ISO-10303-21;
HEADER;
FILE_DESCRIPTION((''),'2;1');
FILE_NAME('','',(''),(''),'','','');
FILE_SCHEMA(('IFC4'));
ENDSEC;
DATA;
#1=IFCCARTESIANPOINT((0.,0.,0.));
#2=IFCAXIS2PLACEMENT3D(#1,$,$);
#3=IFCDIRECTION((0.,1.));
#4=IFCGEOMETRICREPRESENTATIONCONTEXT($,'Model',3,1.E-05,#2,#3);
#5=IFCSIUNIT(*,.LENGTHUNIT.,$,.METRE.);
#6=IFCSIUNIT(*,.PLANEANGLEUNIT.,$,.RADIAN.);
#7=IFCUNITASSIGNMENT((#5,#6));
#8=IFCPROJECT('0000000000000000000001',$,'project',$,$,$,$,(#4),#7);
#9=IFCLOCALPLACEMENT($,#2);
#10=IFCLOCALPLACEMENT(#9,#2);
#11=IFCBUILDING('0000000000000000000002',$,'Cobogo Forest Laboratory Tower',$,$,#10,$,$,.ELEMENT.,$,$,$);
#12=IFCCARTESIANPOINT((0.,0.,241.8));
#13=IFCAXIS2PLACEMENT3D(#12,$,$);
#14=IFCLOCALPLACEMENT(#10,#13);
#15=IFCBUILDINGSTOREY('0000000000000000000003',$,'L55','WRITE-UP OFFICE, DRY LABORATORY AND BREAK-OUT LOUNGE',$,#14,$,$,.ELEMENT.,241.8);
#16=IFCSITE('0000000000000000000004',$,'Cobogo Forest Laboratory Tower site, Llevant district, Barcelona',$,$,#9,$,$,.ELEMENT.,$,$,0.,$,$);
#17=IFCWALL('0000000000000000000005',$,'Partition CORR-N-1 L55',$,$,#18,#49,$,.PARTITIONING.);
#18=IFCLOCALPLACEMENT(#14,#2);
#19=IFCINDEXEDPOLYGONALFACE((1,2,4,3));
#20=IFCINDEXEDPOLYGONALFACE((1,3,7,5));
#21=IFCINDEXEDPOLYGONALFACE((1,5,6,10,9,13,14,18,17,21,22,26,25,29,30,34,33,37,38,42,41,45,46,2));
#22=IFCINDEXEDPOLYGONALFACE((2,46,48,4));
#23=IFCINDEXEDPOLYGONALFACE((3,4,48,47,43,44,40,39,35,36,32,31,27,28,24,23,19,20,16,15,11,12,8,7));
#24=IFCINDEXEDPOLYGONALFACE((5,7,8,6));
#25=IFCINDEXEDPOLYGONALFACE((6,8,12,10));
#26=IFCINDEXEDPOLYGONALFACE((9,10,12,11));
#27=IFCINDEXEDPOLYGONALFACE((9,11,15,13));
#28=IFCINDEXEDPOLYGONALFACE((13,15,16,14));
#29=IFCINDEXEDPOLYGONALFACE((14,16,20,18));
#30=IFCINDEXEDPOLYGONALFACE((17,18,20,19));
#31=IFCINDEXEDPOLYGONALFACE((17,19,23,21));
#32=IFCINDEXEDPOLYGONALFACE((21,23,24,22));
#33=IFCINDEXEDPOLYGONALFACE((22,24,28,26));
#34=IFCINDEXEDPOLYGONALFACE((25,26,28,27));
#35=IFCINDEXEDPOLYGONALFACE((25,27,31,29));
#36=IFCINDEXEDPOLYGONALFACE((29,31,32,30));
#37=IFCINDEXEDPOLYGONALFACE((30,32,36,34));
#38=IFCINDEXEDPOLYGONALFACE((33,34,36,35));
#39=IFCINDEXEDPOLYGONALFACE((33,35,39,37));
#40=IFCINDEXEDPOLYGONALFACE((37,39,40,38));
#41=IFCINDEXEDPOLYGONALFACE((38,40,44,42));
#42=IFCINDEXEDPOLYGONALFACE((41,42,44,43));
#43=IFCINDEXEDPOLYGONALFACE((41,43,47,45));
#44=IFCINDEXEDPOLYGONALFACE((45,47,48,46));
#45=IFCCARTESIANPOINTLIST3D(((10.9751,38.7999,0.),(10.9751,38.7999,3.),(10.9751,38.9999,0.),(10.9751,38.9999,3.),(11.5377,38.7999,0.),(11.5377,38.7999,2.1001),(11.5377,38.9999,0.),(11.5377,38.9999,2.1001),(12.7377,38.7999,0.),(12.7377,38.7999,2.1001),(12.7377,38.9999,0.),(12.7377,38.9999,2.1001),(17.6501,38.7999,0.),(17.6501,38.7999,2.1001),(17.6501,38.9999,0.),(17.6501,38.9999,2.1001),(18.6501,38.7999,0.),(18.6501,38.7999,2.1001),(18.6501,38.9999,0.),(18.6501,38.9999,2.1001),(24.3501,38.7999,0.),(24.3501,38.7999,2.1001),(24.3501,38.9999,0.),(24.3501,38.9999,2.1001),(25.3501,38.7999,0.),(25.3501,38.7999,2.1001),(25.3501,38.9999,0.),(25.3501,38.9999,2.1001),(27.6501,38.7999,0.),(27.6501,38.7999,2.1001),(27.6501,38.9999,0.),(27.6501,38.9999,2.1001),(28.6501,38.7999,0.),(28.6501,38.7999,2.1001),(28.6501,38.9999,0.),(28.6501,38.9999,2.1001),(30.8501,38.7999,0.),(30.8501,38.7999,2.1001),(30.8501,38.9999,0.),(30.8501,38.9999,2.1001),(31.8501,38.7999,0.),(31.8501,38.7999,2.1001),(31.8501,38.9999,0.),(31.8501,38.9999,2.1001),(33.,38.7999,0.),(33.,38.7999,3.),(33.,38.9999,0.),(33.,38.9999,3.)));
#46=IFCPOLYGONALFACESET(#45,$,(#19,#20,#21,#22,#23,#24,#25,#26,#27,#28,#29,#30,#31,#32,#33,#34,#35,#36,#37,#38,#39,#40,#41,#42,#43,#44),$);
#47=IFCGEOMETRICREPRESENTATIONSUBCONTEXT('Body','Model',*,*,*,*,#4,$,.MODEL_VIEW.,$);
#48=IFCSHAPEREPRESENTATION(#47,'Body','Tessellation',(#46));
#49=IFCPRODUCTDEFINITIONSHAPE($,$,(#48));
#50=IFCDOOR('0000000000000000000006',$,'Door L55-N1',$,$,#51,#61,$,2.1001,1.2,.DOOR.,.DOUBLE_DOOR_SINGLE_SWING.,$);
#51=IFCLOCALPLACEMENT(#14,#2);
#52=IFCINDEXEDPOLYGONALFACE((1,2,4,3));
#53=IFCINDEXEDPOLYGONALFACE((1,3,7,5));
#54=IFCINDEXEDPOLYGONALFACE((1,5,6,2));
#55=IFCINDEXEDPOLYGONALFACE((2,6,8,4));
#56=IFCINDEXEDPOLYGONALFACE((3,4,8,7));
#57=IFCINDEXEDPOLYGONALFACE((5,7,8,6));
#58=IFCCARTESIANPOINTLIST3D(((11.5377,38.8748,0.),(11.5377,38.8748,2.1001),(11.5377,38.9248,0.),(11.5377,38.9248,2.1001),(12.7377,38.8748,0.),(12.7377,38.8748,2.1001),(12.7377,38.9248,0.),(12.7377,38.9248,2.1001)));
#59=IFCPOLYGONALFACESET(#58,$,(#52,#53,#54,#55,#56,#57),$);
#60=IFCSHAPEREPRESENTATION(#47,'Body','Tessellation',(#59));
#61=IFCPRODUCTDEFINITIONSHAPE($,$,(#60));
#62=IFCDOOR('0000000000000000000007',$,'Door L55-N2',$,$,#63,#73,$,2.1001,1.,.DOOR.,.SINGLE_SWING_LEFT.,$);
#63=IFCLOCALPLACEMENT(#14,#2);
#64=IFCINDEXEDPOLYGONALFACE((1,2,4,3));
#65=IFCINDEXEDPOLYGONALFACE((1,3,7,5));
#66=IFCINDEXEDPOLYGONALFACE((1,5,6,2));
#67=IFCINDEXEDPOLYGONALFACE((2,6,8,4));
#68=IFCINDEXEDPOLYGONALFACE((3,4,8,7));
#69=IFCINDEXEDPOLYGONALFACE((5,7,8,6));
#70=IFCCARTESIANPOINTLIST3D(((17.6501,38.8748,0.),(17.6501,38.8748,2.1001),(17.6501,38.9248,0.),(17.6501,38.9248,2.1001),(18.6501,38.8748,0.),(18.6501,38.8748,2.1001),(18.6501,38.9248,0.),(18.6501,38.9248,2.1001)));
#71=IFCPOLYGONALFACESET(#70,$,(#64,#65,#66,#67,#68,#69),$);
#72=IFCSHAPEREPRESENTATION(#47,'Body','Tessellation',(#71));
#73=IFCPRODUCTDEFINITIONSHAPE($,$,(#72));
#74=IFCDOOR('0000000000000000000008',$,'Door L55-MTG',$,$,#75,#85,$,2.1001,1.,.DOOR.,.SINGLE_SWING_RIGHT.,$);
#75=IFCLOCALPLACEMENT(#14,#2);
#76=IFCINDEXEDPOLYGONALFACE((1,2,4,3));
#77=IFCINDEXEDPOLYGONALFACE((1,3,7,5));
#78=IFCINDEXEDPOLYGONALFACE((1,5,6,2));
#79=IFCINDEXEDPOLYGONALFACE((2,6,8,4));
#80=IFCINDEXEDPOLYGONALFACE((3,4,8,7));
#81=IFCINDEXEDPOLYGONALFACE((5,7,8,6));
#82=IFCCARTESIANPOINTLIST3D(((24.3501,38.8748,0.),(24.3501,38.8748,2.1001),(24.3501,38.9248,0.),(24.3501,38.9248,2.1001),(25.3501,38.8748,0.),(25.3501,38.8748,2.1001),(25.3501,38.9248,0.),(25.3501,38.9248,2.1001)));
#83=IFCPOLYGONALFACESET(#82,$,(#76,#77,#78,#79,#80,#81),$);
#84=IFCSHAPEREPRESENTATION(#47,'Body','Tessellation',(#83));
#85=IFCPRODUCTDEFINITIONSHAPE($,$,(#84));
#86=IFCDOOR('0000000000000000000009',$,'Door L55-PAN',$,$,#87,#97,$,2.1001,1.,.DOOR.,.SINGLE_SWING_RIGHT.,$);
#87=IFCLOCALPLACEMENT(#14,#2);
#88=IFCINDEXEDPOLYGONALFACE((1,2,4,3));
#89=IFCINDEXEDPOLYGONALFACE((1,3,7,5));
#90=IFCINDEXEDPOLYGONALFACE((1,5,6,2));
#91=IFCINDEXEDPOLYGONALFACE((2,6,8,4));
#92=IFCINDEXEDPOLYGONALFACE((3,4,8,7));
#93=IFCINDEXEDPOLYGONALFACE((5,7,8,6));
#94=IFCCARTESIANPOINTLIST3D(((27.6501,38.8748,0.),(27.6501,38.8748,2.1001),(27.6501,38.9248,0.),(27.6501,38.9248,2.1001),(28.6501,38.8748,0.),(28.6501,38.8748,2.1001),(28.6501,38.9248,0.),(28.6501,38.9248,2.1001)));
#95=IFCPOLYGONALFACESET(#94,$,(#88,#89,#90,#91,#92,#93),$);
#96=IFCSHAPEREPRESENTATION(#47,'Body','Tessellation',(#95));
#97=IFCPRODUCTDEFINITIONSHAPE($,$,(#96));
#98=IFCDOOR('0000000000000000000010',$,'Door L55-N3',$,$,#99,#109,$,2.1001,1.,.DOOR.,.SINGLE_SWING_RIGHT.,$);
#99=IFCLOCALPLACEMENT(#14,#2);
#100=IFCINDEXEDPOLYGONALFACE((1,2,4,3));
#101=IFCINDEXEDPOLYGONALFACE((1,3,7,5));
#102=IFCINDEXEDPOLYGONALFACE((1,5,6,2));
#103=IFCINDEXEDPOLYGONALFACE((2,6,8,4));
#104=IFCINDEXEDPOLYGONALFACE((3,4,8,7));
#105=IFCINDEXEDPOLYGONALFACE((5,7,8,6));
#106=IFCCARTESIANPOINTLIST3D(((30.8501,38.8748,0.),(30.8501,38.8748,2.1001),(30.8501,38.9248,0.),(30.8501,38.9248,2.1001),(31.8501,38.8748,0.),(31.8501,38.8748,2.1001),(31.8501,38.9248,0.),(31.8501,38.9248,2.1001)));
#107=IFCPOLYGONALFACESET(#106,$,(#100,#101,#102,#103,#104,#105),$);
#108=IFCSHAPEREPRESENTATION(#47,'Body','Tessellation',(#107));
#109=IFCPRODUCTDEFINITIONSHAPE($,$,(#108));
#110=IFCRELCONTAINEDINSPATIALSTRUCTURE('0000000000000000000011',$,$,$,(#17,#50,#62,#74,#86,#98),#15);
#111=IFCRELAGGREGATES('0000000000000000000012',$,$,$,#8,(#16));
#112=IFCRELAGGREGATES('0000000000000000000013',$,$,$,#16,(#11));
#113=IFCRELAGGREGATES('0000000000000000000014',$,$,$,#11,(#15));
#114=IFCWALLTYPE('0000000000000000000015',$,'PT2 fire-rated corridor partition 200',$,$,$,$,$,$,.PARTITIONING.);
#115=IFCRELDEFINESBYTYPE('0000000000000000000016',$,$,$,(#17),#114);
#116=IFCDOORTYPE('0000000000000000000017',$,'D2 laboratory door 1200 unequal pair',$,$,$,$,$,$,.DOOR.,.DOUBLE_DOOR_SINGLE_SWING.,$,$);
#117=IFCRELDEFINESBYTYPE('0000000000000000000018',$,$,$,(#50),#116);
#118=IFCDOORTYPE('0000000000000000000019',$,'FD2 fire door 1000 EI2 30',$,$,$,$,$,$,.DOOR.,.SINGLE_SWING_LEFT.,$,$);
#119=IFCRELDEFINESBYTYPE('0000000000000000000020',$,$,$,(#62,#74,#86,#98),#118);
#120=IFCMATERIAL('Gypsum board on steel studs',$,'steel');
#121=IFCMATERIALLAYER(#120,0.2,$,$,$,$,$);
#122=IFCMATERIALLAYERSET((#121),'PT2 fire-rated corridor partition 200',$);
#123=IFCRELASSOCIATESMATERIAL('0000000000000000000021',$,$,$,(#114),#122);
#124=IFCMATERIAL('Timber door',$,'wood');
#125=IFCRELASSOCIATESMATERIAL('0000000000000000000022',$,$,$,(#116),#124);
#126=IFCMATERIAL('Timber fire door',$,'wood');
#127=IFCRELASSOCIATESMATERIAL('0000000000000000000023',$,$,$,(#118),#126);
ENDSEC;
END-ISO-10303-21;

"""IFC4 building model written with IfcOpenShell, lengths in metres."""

from ifc_helpers import new_model, si_unit, direction, frame, frame_2d, origin, place, context, subcontext, project, spatial, rectangle, extrude, material, layer, layer_set, type_object, element, fill, save


model = new_model("IFC4")

# Units and contexts
model_context = context("Model", 3, precision=1e-05, world=origin(), true_north=direction((0.0, 1.0)))
body_context = subcontext(model_context, "Body", "Model", "MODEL_VIEW")
ifc_project = project(units=[si_unit("LENGTHUNIT", "METRE"), si_unit("PLANEANGLEUNIT", "RADIAN")], contexts=[model_context])

# Site, building, storey
site_placement = place(None, origin())
site = spatial("IfcSite", under=ifc_project, at=site_placement, Name="Cobogo Forest Laboratory Tower site, Llevant district, Barcelona", CompositionType="ELEMENT", RefElevation=0.0)
building_placement = place(site_placement, origin())
building = spatial("IfcBuilding", under=site, at=building_placement, Name="Cobogo Forest Laboratory Tower", CompositionType="ELEMENT")
storey_placement = place(building_placement, frame((0.0, 0.0, 241.8)))
storey = spatial("IfcBuildingStorey", under=building, at=storey_placement, Name="L55", Description="WRITE-UP OFFICE, DRY LABORATORY AND BREAK-OUT LOUNGE", CompositionType="ELEMENT", Elevation=241.8)

# Shared definitions
ifc_material_1 = material(Name="Gypsum board on steel studs", Category="steel")

# Wall, openings, doors
ifc_layer_1 = layer(ifc_material_1, 0.2)
ifc_layer_set_1 = layer_set([ifc_layer_1], Name="PT2 fire-rated corridor partition 200")
wall_type_1 = type_object("IfcWallType", Name="PT2 fire-rated corridor partition 200", PredefinedType="PARTITIONING", material=ifc_layer_set_1)
wall_1_placement = place(storey_placement, frame((10.9751, 38.8999, 0.0), z_axis=(0.0, 0.0, 1.0), x_axis=(1.0, 0.0, 0.0)))
wall_1 = element("IfcWall", 1, at=wall_1_placement, inside=storey, type_object=wall_type_1, Name="Partition CORR-N-1 L55", PredefinedType="PARTITIONING", context=body_context, shape_type="SweptSolid", body=[
    extrude(rectangle(XDim=22.0249, YDim=0.2, at=frame_2d((11.0125, 0.0))), origin(), (0.0, 0.0, 1.0), 3.0),
])
opening_1_placement = place(wall_1_placement, frame((0.5625, 0.0, 0.0)))
opening_1 = element("IfcOpeningElement", 2, at=opening_1_placement, cuts=wall_1, PredefinedType="OPENING", context=body_context, shape_type="SweptSolid", body=[
    extrude(rectangle(XDim=1.2, YDim=2.1001, at=frame_2d((0.6001, 1.05))), frame((0.0, 0.1099, 0.0), z_axis=(0.0, -1.0, 0.0), x_axis=(1.0, 0.0, 0.0)), (0.0, 0.0, 1.0), 0.22),
])
opening_2_placement = place(wall_1_placement, frame((6.675, 0.0, 0.0)))
opening_2 = element("IfcOpeningElement", 3, at=opening_2_placement, cuts=wall_1, PredefinedType="OPENING", context=body_context, shape_type="SweptSolid", body=[
    extrude(rectangle(XDim=1.0, YDim=2.1001, at=frame_2d((0.5, 1.05))), frame((0.0, 0.1099, 0.0), z_axis=(0.0, -1.0, 0.0), x_axis=(1.0, 0.0, 0.0)), (0.0, 0.0, 1.0), 0.22),
])
opening_3_placement = place(wall_1_placement, frame((13.375, 0.0, 0.0)))
opening_3 = element("IfcOpeningElement", 4, at=opening_3_placement, cuts=wall_1, PredefinedType="OPENING", context=body_context, shape_type="SweptSolid", body=[
    extrude(rectangle(XDim=1.0, YDim=2.1001, at=frame_2d((0.5, 1.05))), frame((0.0, 0.1099, 0.0), z_axis=(0.0, -1.0, 0.0), x_axis=(1.0, 0.0, 0.0)), (0.0, 0.0, 1.0), 0.22),
])
opening_4_placement = place(wall_1_placement, frame((16.675, 0.0, 0.0)))
opening_4 = element("IfcOpeningElement", 5, at=opening_4_placement, cuts=wall_1, PredefinedType="OPENING", context=body_context, shape_type="SweptSolid", body=[
    extrude(rectangle(XDim=1.0, YDim=2.1001, at=frame_2d((0.5, 1.05))), frame((0.0, 0.1099, 0.0), z_axis=(0.0, -1.0, 0.0), x_axis=(1.0, 0.0, 0.0)), (0.0, 0.0, 1.0), 0.22),
])
opening_5_placement = place(wall_1_placement, frame((19.875, 0.0, 0.0)))
opening_5 = element("IfcOpeningElement", 6, at=opening_5_placement, cuts=wall_1, PredefinedType="OPENING", context=body_context, shape_type="SweptSolid", body=[
    extrude(rectangle(XDim=1.0, YDim=2.1001, at=frame_2d((0.5, 1.05))), frame((0.0, 0.1099, 0.0), z_axis=(0.0, -1.0, 0.0), x_axis=(1.0, 0.0, 0.0)), (0.0, 0.0, 1.0), 0.22),
])
ifc_material_2 = material(Name="Timber door", Category="wood")
door_type_1 = type_object("IfcDoorType", Name="D2 laboratory door 1200 unequal pair", OperationType="DOUBLE_DOOR_SINGLE_SWING", PredefinedType="DOOR", material=ifc_material_2)
door_1_placement = place(opening_1_placement, origin())
door_1 = element("IfcDoor", 7, at=door_1_placement, inside=storey, type_object=door_type_1, Name="Door L55-N1", OperationType="DOUBLE_DOOR_SINGLE_SWING", OverallHeight=2.1001, OverallWidth=1.2, PredefinedType="DOOR", context=body_context, shape_type="SweptSolid", body=[
    extrude(rectangle(XDim=1.2, YDim=2.1001, at=frame_2d((0.6001, 1.05))), frame((0.0, 0.0249, 0.0), z_axis=(0.0, -1.0, 0.0), x_axis=(1.0, 0.0, 0.0)), (0.0, 0.0, 1.0), 0.05),
])
fill(opening_1, door_1)
ifc_material_3 = material(Name="Timber fire door", Category="wood")
door_type_2 = type_object("IfcDoorType", Name="FD2 fire door 1000 EI2 30", OperationType="SINGLE_SWING_LEFT", PredefinedType="DOOR", material=ifc_material_3)
door_2_placement = place(opening_2_placement, origin())
door_2 = element("IfcDoor", 8, at=door_2_placement, inside=storey, type_object=door_type_2, Name="Door L55-N2", OperationType="SINGLE_SWING_LEFT", OverallHeight=2.1001, OverallWidth=1.0, PredefinedType="DOOR", context=body_context, shape_type="SweptSolid", body=[
    extrude(rectangle(XDim=1.0, YDim=2.1001, at=frame_2d((0.5, 1.05))), frame((0.0, 0.0249, 0.0), z_axis=(0.0, -1.0, 0.0), x_axis=(1.0, 0.0, 0.0)), (0.0, 0.0, 1.0), 0.05),
])
fill(opening_2, door_2)
door_3_placement = place(opening_3_placement, origin())
door_3 = element("IfcDoor", 9, at=door_3_placement, inside=storey, type_object=door_type_2, Name="Door L55-MTG", OperationType="SINGLE_SWING_RIGHT", OverallHeight=2.1001, OverallWidth=1.0, PredefinedType="DOOR", context=body_context, shape_type="SweptSolid", body=[
    extrude(rectangle(XDim=1.0, YDim=2.1001, at=frame_2d((0.5, 1.05))), frame((0.0, 0.0249, 0.0), z_axis=(0.0, -1.0, 0.0), x_axis=(1.0, 0.0, 0.0)), (0.0, 0.0, 1.0), 0.05),
])
fill(opening_3, door_3)
door_4_placement = place(opening_4_placement, origin())
door_4 = element("IfcDoor", 10, at=door_4_placement, inside=storey, type_object=door_type_2, Name="Door L55-PAN", OperationType="SINGLE_SWING_RIGHT", OverallHeight=2.1001, OverallWidth=1.0, PredefinedType="DOOR", context=body_context, shape_type="SweptSolid", body=[
    extrude(rectangle(XDim=1.0, YDim=2.1001, at=frame_2d((0.5, 1.05))), frame((0.0, 0.0249, 0.0), z_axis=(0.0, -1.0, 0.0), x_axis=(1.0, 0.0, 0.0)), (0.0, 0.0, 1.0), 0.05),
])
fill(opening_4, door_4)
door_5_placement = place(opening_5_placement, origin())
door_5 = element("IfcDoor", 11, at=door_5_placement, inside=storey, type_object=door_type_2, Name="Door L55-N3", OperationType="SINGLE_SWING_RIGHT", OverallHeight=2.1001, OverallWidth=1.0, PredefinedType="DOOR", context=body_context, shape_type="SweptSolid", body=[
    extrude(rectangle(XDim=1.0, YDim=2.1001, at=frame_2d((0.5, 1.05))), frame((0.0, 0.0249, 0.0), z_axis=(0.0, -1.0, 0.0), x_axis=(1.0, 0.0, 0.0)), (0.0, 0.0, 1.0), 0.05),
])
fill(opening_5, door_5)

save(model, "model.ifc")
